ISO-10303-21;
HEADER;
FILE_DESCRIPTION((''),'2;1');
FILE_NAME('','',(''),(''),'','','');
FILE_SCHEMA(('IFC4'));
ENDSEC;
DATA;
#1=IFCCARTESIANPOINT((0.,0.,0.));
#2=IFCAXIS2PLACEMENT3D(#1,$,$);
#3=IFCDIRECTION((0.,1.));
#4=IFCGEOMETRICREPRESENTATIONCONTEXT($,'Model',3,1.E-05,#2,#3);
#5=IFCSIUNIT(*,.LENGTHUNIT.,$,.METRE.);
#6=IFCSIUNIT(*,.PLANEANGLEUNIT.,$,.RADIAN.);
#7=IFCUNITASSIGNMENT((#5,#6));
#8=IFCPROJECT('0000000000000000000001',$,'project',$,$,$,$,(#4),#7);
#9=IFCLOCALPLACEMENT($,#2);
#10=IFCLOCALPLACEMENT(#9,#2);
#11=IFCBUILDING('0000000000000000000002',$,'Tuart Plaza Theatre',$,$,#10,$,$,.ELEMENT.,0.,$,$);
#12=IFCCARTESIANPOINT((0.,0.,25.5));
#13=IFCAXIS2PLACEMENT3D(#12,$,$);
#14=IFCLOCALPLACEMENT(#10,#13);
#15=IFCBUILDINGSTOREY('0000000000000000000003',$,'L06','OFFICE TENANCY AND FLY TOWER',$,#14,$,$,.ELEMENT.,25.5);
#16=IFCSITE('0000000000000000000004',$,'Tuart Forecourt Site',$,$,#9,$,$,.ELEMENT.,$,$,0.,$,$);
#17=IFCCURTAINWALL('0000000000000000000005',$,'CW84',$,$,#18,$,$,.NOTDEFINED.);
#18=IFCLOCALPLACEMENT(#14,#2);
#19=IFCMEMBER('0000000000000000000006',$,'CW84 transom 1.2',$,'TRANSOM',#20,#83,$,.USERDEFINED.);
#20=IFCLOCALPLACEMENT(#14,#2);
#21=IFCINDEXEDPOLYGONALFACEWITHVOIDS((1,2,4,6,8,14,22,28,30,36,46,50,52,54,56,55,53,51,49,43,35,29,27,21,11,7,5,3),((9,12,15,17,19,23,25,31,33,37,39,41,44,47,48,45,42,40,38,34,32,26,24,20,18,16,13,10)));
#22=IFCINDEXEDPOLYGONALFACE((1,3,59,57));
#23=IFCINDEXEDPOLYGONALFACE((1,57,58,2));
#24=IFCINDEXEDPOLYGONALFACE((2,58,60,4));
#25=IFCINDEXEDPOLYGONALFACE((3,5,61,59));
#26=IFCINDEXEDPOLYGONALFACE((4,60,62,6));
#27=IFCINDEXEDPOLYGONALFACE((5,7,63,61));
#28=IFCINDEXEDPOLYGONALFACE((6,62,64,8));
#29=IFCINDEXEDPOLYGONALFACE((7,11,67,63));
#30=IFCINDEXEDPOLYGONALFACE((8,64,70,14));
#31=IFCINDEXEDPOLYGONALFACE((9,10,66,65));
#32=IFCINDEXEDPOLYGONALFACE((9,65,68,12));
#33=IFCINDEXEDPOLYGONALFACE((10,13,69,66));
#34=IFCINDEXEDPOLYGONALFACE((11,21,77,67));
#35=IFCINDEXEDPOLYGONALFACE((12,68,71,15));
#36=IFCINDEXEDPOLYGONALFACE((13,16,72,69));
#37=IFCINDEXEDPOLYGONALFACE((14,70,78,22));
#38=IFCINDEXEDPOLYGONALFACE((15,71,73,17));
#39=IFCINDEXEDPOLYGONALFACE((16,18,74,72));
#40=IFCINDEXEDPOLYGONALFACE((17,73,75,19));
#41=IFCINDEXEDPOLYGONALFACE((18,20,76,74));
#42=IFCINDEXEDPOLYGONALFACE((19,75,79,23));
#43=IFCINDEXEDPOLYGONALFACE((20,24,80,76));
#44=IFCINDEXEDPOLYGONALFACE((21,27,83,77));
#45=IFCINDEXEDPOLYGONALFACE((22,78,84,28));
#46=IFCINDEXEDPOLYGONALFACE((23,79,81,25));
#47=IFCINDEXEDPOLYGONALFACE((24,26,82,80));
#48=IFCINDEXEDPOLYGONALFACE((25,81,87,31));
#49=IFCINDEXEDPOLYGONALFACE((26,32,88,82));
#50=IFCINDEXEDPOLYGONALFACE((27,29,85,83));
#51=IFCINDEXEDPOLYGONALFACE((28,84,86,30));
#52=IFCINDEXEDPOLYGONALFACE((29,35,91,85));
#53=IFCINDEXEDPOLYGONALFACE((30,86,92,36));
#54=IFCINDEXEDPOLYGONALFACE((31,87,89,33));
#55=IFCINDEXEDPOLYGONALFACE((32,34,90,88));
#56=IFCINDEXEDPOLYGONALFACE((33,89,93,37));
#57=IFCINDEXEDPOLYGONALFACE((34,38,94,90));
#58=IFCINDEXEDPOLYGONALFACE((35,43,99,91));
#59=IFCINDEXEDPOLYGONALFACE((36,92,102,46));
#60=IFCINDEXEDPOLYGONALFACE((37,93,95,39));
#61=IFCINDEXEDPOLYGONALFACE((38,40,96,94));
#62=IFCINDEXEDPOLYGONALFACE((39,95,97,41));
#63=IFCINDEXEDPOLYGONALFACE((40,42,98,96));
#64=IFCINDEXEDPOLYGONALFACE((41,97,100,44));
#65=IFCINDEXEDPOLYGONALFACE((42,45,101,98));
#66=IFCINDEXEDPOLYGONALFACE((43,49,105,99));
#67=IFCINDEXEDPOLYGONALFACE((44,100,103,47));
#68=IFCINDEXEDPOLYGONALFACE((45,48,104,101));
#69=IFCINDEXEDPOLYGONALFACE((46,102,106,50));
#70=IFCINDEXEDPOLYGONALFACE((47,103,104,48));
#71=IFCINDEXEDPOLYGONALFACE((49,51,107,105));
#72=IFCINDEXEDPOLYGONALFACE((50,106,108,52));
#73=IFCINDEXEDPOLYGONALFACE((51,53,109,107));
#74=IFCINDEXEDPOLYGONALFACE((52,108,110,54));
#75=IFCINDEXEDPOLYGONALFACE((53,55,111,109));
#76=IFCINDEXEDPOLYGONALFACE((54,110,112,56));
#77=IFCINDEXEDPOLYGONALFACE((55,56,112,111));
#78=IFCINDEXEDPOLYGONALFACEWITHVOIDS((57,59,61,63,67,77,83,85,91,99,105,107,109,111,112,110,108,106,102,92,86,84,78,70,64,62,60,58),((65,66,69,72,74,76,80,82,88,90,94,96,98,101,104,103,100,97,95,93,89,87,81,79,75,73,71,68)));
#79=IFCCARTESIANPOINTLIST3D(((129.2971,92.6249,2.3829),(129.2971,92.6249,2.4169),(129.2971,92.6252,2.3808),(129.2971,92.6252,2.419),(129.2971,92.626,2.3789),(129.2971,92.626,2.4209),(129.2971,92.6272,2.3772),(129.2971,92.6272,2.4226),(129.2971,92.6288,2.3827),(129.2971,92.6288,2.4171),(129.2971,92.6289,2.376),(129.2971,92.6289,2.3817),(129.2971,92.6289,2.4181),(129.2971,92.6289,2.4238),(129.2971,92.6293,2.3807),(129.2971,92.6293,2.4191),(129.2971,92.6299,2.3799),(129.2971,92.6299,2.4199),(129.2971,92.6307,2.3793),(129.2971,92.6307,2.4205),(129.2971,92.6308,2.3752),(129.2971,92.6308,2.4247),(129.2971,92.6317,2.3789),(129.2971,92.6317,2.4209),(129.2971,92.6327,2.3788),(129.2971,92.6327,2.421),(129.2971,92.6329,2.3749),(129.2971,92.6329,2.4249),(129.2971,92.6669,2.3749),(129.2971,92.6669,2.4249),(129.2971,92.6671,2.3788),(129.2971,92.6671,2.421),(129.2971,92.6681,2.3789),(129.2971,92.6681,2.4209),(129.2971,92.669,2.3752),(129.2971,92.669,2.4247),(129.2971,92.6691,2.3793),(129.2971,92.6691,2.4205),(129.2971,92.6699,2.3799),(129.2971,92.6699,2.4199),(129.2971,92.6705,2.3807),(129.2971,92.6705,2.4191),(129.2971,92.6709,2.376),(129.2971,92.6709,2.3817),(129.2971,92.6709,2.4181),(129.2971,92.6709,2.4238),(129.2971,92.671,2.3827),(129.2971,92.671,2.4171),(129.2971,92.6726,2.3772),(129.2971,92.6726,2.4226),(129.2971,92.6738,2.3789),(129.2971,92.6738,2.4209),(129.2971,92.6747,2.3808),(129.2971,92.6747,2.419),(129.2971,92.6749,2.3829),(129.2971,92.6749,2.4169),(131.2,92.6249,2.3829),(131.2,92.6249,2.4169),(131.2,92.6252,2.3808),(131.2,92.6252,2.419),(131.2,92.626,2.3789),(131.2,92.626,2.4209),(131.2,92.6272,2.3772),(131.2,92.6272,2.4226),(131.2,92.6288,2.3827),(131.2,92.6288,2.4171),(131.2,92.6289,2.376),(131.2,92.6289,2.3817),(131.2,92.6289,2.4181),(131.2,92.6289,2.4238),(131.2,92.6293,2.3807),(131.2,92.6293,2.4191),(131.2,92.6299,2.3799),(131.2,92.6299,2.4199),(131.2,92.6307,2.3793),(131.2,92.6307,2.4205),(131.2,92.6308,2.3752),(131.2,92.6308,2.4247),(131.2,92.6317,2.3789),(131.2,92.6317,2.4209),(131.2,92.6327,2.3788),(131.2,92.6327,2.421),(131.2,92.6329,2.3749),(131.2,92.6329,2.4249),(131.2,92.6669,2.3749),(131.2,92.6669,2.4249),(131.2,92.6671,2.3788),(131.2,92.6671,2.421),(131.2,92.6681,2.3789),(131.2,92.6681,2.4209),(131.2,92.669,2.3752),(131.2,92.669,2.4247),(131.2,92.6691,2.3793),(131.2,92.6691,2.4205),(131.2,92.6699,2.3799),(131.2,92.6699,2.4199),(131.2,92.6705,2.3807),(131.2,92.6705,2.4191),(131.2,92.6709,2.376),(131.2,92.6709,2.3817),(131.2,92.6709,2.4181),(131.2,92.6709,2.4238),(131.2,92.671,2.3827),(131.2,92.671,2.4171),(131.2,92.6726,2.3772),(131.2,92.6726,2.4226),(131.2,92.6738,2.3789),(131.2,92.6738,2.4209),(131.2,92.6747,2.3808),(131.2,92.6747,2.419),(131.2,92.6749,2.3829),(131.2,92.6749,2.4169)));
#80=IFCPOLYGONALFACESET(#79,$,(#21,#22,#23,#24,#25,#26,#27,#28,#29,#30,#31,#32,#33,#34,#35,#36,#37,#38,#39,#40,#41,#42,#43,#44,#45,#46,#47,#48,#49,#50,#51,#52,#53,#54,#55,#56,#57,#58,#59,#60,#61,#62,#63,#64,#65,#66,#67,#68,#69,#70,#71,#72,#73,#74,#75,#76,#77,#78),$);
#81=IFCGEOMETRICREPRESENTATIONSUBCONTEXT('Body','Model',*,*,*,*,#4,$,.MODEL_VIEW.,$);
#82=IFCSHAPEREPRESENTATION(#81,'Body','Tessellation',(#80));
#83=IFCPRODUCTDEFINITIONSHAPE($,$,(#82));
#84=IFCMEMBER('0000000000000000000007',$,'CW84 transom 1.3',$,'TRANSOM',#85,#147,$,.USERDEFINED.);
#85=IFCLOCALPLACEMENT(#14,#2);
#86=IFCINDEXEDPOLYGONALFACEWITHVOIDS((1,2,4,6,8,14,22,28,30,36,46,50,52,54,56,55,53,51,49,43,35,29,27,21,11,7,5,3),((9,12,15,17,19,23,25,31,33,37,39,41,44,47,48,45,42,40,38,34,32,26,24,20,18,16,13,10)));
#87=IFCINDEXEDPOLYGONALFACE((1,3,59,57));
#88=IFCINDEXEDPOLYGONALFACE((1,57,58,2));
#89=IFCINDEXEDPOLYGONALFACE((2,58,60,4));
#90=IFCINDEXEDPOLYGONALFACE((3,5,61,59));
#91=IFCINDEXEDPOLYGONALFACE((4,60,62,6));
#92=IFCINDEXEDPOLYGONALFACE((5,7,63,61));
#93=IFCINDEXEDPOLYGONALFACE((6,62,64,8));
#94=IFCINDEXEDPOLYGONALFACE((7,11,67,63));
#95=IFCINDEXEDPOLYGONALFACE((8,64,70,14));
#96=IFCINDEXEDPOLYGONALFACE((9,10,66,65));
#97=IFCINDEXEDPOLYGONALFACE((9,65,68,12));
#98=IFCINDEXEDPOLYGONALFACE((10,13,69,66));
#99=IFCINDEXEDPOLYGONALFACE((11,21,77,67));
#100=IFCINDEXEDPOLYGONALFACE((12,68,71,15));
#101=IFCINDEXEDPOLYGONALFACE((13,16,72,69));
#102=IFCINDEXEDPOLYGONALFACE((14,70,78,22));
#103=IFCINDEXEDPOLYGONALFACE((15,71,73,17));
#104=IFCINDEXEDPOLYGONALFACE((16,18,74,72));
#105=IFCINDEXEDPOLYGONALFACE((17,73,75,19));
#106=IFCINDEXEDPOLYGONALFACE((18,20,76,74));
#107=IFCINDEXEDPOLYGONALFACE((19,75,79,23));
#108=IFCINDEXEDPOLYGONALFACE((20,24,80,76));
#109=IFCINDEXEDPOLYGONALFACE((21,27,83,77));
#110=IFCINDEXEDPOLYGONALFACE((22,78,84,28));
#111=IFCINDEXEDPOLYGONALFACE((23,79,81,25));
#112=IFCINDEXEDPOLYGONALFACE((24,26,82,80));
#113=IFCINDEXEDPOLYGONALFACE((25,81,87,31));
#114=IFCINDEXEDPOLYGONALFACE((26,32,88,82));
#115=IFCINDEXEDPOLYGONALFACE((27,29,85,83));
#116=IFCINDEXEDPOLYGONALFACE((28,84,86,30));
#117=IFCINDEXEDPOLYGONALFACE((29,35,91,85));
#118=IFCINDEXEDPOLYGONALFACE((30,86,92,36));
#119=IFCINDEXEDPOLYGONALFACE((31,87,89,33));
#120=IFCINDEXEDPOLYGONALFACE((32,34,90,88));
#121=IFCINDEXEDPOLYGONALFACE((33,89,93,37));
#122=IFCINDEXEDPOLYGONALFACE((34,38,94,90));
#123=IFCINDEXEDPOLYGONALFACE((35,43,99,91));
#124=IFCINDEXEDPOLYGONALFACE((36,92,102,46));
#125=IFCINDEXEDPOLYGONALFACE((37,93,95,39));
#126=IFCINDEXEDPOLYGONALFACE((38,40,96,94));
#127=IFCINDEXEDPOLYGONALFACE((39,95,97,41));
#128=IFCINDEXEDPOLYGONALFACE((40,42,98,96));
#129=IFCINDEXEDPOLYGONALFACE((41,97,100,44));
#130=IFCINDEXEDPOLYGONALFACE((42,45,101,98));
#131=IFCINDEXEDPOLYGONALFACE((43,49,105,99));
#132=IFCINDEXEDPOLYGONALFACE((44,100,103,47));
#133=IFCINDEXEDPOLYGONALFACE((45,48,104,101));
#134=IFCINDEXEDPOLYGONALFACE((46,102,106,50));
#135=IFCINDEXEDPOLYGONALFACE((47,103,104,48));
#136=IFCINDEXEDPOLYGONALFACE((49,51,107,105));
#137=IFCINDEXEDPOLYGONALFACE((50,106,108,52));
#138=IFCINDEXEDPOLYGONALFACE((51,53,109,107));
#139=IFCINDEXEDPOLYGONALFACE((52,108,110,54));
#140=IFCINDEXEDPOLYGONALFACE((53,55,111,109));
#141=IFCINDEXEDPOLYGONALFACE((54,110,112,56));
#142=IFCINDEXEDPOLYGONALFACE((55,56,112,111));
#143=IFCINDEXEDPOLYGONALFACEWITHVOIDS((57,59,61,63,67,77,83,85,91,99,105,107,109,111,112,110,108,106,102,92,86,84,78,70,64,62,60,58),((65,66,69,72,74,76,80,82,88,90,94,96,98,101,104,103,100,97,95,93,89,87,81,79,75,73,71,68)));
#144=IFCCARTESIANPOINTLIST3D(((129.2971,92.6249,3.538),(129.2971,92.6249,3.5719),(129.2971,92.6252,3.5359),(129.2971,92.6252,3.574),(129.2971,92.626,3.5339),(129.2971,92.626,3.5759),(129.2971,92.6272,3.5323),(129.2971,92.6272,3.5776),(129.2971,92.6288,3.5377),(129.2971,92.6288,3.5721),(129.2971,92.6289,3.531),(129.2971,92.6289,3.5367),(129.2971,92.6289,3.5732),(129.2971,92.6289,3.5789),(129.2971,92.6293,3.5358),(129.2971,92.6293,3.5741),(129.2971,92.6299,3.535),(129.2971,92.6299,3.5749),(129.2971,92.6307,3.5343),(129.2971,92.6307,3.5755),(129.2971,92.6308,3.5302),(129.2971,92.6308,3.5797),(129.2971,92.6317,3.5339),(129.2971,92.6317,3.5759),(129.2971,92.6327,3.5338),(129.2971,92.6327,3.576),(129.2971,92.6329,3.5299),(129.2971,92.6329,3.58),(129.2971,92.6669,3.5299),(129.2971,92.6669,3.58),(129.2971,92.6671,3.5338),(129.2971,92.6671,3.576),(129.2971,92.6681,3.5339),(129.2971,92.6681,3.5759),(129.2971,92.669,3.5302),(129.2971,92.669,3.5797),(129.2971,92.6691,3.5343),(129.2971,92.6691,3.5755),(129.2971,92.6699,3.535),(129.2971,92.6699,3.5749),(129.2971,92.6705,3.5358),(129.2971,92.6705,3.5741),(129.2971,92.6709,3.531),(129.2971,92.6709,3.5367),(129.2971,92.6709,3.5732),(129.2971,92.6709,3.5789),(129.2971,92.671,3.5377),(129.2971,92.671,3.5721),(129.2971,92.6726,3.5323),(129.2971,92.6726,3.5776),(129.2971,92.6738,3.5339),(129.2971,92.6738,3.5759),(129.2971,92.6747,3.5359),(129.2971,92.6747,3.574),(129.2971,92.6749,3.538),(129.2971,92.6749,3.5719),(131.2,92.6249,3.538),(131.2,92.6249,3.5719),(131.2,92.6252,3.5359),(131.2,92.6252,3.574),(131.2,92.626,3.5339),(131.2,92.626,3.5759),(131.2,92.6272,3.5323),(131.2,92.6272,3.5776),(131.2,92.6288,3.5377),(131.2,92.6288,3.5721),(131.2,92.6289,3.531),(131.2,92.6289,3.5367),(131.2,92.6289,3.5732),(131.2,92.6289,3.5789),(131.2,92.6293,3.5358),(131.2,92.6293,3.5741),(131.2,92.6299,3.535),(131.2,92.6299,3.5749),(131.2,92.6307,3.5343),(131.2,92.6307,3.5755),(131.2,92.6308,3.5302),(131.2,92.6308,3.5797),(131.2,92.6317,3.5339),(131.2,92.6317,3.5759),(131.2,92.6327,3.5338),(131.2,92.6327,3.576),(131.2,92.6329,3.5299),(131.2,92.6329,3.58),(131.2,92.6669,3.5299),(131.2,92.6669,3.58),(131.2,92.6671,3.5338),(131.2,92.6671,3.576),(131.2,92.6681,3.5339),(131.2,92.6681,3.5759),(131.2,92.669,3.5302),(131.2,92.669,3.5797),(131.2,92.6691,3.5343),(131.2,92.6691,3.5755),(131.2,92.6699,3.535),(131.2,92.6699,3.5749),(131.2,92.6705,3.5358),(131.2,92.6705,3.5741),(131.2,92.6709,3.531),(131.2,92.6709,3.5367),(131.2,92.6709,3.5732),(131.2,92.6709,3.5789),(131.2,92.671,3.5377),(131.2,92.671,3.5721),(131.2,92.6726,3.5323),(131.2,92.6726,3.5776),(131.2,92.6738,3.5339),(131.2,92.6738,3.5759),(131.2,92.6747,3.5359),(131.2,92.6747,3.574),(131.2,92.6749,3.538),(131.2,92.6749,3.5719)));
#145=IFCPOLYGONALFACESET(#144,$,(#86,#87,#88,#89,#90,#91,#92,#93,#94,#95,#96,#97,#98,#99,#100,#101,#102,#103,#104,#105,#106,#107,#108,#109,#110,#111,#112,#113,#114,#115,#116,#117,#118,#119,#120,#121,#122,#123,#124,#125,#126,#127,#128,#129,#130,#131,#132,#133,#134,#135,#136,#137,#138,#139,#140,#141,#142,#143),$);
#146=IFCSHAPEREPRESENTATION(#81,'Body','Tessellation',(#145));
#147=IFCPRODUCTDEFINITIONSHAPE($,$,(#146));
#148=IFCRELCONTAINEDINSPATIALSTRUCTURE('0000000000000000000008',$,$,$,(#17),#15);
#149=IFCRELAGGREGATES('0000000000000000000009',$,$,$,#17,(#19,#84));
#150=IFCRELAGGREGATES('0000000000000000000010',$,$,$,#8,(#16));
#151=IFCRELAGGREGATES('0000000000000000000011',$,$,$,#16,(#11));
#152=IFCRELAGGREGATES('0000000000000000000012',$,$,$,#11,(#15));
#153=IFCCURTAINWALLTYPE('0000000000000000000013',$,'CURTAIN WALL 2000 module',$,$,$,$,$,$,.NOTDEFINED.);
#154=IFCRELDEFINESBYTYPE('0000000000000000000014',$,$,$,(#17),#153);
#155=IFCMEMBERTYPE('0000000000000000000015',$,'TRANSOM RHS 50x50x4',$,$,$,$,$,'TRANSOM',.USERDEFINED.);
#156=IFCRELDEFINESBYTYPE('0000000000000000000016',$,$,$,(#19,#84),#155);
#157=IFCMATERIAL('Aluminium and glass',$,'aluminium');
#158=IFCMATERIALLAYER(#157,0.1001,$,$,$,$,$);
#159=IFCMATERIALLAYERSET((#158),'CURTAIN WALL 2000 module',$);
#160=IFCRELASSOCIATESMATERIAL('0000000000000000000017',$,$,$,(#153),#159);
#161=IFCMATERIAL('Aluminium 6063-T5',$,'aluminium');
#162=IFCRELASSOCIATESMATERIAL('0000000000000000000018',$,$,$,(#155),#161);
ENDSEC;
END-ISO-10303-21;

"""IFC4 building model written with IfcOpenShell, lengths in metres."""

from ifc_helpers import new_model, si_unit, direction, frame, origin, origin_2d, place, context, subcontext, project, spatial, hollow_rectangle, extrude, material, layer, layer_set, material_profile, profile_set, type_object, element, aggregate, save


model = new_model("IFC4")

# Units and contexts
model_context = context("Model", 3, precision=1e-05, world=origin(), true_north=direction((0.0, 1.0)))
body_context = subcontext(model_context, "Body", "Model", "MODEL_VIEW")
ifc_project = project(units=[si_unit("LENGTHUNIT", "METRE"), si_unit("PLANEANGLEUNIT", "RADIAN")], contexts=[model_context])

# Site, building, storey
site_placement = place(None, origin())
site = spatial("IfcSite", under=ifc_project, at=site_placement, Name="Tuart Forecourt Site", CompositionType="ELEMENT", RefElevation=0.0)
building_placement = place(site_placement, origin())
building = spatial("IfcBuilding", under=site, at=building_placement, Name="Tuart Plaza Theatre", CompositionType="ELEMENT", ElevationOfRefHeight=0.0)
storey_placement = place(building_placement, frame((0.0, 0.0, 25.5)))
storey = spatial("IfcBuildingStorey", under=building, at=storey_placement, Name="L06", Description="OFFICE TENANCY AND FLY TOWER", CompositionType="ELEMENT", Elevation=25.5)

# Curtain wall
ifc_material_1 = material(Name="Aluminium and glass", Category="aluminium")
ifc_layer_1 = layer(ifc_material_1, 0.1001)
ifc_layer_set_1 = layer_set([ifc_layer_1], Name="CURTAIN WALL 2000 module")
curtain_wall_type = type_object("IfcCurtainWallType", Name="CURTAIN WALL 2000 module", PredefinedType="NOTDEFINED", material=ifc_layer_set_1)
curtain_wall_1_placement = place(storey_placement, origin())
curtain_wall_1 = element("IfcCurtainWall", 1, at=curtain_wall_1_placement, inside=storey, type_object=curtain_wall_type, Name="CW84", PredefinedType="NOTDEFINED")

# Members
ifc_material_2 = material(Name="Aluminium 6063-T5", Category="aluminium")
ifc_material_profile_1 = material_profile(ifc_material_2, hollow_rectangle(XDim=0.05, YDim=0.05, WallThickness=0.0039, InnerFilletRadius=0.0039, OuterFilletRadius=0.0081, at=origin_2d()), Name="RHS 50x50x4")
ifc_profile_set_1 = profile_set([ifc_material_profile_1], Name="Aluminium 6063-T5")
member_type_1 = type_object("IfcMemberType", Name="TRANSOM RHS 50x50x4", ElementType="TRANSOM", PredefinedType="USERDEFINED", material=ifc_profile_set_1)
member_1_placement = place(storey_placement, frame((131.2, 92.6499, 2.3999), z_axis=(-1.0, 0.0, 0.0), x_axis=(0.0, -1.0, 0.0)))
member_1 = element("IfcMember", 2, at=member_1_placement, type_object=member_type_1, Name="CW84 transom 1.2", ObjectType="TRANSOM", PredefinedType="USERDEFINED", context=body_context, shape_type="SweptSolid", body=[
    extrude(hollow_rectangle(XDim=0.05, YDim=0.05, WallThickness=0.0039, InnerFilletRadius=0.0039, OuterFilletRadius=0.0081, at=origin_2d()), origin(), (0.0, 0.0, 1.0), 1.9028),
])
member_2_placement = place(storey_placement, frame((131.2, 92.6499, 3.5549), z_axis=(-1.0, 0.0, 0.0), x_axis=(0.0, -1.0, 0.0)))
member_2 = element("IfcMember", 3, at=member_2_placement, type_object=member_type_1, Name="CW84 transom 1.3", ObjectType="TRANSOM", PredefinedType="USERDEFINED", context=body_context, shape_type="SweptSolid", body=[
    extrude(hollow_rectangle(XDim=0.05, YDim=0.05, WallThickness=0.0039, InnerFilletRadius=0.0039, OuterFilletRadius=0.0081, at=origin_2d()), origin(), (0.0, 0.0, 1.0), 1.9028),
])

aggregate(curtain_wall_1, [member_1, member_2])

save(model, "model.ifc")
